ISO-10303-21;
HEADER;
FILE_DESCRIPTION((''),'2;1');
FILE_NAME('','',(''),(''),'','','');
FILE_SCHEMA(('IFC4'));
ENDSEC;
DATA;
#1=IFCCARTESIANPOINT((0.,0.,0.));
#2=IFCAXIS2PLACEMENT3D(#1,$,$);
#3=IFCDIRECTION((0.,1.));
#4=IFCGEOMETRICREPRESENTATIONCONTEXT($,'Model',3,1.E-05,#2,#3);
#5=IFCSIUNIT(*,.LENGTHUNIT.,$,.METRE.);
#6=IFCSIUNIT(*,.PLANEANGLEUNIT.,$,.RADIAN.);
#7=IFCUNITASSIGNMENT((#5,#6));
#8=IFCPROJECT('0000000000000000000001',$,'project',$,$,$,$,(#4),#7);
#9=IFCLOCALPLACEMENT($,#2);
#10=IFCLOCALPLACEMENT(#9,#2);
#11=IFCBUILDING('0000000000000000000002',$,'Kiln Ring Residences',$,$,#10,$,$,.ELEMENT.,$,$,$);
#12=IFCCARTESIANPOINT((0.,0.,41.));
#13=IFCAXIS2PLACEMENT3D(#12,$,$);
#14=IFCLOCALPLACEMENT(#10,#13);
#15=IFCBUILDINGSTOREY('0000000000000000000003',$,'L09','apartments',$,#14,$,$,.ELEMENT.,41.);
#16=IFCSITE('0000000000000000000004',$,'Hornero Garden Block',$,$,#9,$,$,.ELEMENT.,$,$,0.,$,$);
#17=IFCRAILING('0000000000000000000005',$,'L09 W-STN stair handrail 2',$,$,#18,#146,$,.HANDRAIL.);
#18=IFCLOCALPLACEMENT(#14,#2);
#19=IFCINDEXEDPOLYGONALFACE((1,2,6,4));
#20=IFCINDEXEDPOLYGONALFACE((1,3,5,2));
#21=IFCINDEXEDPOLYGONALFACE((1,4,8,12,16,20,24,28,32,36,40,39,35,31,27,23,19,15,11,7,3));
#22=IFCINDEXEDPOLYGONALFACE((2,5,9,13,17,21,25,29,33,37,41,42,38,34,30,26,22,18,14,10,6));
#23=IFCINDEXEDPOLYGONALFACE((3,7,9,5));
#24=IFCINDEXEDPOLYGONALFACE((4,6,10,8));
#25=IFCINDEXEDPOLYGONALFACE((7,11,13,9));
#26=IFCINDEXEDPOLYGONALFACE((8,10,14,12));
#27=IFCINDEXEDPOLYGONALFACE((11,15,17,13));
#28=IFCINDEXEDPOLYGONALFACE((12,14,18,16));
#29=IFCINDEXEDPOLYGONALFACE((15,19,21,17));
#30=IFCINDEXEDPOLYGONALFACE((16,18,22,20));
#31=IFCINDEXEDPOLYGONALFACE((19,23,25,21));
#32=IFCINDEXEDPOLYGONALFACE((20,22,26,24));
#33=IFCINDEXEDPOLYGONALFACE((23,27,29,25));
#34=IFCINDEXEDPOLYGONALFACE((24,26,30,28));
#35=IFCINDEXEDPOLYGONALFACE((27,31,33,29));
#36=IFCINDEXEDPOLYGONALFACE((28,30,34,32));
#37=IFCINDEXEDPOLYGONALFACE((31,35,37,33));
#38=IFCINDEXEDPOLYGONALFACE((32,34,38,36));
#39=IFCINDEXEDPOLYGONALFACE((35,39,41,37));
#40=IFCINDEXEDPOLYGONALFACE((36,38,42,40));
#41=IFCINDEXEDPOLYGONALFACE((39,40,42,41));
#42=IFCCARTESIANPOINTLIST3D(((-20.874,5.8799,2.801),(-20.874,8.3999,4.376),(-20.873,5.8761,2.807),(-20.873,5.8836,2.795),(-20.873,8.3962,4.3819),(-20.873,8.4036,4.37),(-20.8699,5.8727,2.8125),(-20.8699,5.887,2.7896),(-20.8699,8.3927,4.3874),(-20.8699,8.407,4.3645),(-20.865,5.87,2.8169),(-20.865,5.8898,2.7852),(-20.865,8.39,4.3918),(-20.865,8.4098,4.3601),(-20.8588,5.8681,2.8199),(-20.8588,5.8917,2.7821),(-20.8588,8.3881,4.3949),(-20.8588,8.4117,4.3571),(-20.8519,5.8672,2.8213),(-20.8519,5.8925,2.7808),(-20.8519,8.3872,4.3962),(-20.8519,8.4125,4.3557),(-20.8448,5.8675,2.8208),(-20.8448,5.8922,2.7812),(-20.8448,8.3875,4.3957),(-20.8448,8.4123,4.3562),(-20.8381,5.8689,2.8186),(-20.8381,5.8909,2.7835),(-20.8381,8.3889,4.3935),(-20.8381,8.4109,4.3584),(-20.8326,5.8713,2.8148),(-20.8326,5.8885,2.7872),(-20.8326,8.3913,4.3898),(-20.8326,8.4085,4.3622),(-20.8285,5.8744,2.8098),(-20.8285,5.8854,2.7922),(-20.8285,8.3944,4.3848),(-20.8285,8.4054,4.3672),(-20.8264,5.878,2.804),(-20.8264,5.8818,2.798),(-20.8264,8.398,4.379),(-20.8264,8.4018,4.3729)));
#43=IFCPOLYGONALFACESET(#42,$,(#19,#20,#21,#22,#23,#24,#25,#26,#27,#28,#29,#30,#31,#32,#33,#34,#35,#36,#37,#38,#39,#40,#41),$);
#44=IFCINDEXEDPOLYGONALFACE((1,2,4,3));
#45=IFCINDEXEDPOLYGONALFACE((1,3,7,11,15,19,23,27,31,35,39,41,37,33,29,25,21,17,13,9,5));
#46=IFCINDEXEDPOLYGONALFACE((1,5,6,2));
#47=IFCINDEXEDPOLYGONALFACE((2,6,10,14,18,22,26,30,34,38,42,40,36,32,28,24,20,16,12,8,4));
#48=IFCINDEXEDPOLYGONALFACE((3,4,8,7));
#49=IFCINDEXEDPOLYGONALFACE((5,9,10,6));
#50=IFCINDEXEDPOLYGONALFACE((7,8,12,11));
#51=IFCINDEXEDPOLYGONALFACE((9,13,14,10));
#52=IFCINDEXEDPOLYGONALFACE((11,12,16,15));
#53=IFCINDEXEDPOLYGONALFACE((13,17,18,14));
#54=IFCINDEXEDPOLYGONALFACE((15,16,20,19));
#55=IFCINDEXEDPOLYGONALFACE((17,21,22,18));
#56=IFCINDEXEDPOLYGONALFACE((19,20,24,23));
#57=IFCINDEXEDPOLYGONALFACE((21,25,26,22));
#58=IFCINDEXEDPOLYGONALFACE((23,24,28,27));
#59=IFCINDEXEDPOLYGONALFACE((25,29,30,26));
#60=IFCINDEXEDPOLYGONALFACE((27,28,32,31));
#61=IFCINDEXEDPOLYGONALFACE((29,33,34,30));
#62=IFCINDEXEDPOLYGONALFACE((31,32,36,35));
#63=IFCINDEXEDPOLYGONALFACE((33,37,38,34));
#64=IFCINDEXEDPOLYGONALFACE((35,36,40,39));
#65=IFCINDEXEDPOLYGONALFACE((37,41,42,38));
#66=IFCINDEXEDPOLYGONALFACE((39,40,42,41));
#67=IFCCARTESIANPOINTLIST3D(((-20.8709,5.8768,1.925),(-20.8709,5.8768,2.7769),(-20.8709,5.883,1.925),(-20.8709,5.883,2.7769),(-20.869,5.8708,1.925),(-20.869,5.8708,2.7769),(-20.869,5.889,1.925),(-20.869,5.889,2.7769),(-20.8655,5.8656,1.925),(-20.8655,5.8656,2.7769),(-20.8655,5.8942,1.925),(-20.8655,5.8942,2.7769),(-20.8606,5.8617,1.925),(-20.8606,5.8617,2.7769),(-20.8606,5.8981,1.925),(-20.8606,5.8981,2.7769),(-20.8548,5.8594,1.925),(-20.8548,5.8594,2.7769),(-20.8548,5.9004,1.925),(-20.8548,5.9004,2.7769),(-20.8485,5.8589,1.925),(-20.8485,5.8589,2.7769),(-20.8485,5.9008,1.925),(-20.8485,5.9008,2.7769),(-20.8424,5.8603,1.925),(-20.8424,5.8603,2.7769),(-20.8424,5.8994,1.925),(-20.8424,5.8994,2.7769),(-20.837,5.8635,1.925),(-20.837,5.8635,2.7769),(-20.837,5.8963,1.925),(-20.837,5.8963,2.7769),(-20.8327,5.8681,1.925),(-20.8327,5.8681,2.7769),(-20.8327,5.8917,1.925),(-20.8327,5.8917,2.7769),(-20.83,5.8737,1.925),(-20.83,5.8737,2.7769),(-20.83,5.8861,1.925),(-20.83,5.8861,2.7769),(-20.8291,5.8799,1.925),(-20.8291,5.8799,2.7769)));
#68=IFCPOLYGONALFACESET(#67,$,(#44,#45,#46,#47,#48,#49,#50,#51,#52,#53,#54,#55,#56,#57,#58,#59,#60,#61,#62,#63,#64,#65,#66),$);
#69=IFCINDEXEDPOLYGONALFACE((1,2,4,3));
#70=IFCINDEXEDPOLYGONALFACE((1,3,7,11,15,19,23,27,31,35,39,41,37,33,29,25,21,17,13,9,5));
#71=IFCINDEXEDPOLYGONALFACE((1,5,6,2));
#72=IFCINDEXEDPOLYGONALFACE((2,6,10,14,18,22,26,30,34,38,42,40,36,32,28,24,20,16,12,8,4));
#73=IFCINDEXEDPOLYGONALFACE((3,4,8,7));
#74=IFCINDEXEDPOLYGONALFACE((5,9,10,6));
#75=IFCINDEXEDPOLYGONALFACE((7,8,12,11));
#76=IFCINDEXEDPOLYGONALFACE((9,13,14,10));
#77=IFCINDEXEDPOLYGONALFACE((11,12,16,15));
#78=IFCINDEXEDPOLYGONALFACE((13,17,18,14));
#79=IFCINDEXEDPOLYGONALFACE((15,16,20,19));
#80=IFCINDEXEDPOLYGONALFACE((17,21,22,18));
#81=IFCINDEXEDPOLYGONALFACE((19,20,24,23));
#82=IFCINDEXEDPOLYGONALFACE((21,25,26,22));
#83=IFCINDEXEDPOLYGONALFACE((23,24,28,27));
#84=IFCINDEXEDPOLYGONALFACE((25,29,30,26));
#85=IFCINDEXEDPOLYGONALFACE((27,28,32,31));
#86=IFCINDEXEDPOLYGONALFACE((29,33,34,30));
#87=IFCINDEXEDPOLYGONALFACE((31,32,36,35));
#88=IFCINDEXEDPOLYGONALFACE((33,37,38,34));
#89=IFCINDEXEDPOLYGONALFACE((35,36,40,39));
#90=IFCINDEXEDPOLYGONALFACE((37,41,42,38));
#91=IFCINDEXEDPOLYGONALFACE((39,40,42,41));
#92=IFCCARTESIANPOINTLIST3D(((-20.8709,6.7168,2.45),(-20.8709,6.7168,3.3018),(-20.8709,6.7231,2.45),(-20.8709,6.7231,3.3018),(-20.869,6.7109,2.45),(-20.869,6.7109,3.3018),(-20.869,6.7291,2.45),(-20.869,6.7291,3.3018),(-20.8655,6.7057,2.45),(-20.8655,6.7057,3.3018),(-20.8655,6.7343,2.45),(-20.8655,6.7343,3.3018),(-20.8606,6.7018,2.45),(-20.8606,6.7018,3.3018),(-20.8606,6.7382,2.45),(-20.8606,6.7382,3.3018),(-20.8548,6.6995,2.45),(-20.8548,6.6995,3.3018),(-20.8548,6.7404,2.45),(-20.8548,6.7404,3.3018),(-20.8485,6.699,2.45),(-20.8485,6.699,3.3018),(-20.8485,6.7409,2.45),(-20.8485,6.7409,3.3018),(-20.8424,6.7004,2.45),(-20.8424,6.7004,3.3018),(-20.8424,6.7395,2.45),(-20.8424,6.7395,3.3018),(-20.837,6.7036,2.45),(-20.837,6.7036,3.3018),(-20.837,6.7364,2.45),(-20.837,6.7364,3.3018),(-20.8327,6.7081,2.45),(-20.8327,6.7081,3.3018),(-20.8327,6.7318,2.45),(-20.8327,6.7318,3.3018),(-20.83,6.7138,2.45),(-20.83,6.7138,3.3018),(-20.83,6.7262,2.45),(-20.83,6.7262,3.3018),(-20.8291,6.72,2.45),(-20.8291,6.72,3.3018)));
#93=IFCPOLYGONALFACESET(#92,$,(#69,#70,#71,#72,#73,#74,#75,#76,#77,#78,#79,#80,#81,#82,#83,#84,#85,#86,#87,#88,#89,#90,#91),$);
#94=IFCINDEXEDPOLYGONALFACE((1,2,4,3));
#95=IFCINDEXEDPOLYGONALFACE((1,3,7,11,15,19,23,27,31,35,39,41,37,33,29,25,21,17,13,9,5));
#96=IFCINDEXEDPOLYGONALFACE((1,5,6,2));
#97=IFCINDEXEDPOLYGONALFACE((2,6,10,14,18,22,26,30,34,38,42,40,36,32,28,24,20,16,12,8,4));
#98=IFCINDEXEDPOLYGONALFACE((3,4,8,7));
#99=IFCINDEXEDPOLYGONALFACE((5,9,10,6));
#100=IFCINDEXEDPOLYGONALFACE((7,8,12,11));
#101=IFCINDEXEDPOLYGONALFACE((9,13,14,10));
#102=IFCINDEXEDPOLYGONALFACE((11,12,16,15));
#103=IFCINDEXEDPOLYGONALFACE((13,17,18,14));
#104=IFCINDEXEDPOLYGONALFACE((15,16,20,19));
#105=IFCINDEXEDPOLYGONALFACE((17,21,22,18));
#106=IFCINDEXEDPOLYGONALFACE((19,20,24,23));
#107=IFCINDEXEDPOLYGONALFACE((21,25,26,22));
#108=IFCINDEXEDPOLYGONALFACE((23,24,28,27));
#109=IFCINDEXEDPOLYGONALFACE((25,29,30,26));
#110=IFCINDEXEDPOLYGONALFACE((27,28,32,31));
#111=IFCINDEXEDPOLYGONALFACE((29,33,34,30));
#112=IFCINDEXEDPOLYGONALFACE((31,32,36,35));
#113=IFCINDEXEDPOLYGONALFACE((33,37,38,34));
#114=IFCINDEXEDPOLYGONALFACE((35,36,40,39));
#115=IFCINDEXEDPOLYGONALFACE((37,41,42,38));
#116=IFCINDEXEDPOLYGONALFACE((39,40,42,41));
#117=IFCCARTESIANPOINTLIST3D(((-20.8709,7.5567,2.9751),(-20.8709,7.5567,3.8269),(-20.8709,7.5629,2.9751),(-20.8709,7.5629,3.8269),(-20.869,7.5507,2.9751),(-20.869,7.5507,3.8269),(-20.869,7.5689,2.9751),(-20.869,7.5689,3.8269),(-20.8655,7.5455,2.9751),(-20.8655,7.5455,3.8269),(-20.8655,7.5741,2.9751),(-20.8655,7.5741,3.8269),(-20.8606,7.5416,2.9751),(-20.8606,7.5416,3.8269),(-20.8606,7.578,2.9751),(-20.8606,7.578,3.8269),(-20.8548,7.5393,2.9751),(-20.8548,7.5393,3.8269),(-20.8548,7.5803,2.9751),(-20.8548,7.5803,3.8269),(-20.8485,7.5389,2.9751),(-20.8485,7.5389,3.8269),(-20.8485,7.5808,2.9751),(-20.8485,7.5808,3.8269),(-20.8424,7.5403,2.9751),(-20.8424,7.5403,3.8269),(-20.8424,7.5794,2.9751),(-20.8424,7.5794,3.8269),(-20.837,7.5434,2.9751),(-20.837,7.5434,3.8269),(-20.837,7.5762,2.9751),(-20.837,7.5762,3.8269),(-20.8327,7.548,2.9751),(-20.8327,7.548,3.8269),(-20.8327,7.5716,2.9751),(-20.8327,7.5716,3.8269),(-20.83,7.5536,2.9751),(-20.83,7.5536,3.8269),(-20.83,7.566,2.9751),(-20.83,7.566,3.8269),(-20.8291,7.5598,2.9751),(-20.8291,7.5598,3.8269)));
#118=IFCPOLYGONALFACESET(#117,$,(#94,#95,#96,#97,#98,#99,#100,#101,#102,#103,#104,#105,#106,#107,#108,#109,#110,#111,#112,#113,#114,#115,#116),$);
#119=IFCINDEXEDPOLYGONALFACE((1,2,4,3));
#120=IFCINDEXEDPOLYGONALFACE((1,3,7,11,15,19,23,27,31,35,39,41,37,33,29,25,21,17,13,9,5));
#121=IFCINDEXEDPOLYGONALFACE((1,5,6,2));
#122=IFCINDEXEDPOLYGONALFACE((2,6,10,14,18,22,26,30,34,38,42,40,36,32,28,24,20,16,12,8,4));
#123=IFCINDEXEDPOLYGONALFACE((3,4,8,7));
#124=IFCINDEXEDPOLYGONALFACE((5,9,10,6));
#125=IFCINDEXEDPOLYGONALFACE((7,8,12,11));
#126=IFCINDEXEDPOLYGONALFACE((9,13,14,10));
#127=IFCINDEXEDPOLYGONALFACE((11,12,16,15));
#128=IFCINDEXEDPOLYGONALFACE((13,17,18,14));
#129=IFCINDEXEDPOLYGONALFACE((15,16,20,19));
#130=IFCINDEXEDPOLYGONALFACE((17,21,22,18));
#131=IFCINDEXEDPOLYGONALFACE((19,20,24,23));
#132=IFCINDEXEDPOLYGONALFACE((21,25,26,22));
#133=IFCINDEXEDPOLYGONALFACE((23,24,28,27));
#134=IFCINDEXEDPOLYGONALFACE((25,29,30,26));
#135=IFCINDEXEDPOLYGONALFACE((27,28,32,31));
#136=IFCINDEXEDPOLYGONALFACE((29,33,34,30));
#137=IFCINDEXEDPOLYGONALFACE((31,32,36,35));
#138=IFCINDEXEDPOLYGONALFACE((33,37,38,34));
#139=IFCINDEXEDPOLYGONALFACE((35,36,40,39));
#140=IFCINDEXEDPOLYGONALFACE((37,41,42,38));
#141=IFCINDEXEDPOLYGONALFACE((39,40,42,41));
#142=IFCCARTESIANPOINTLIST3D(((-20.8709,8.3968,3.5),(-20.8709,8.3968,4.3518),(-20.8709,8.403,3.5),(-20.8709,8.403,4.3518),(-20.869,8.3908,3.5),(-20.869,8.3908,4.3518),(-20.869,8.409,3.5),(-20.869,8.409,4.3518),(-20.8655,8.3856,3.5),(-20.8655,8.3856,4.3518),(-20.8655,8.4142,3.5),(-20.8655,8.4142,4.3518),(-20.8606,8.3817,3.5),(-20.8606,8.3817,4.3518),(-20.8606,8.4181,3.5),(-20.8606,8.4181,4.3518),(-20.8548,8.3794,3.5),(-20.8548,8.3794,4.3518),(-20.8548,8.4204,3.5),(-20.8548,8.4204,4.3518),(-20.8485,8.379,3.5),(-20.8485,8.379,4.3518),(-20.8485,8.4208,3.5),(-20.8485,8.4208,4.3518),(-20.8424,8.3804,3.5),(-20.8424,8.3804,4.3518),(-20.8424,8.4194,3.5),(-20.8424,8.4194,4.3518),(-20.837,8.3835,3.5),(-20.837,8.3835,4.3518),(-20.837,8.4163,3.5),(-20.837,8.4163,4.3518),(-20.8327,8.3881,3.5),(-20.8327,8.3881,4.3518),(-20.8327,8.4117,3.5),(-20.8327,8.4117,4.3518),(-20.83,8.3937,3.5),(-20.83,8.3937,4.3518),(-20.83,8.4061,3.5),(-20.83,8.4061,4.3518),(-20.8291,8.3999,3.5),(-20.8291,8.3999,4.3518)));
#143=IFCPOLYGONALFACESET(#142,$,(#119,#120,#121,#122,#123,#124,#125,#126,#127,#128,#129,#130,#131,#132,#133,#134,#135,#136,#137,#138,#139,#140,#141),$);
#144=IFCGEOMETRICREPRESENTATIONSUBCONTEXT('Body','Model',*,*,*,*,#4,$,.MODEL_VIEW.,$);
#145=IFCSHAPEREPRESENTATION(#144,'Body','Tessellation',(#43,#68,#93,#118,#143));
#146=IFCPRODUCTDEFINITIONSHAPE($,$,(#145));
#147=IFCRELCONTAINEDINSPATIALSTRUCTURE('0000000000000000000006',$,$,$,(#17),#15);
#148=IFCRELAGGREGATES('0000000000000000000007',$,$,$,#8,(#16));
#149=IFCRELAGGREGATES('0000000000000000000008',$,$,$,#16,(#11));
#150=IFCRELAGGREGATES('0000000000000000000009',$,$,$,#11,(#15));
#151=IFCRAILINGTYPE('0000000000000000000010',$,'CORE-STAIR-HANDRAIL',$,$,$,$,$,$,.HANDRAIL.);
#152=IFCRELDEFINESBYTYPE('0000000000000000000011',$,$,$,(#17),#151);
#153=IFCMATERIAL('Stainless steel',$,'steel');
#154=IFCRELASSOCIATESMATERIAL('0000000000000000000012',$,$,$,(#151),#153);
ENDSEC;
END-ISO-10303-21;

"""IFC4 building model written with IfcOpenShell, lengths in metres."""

from ifc_helpers import new_model, si_unit, direction, frame, origin, origin_2d, place, context, subcontext, project, spatial, circle, extrude, material, type_object, element, save


model = new_model("IFC4")

# Units and contexts
model_context = context("Model", 3, precision=1e-05, world=origin(), true_north=direction((0.0, 1.0)))
body_context = subcontext(model_context, "Body", "Model", "MODEL_VIEW")
ifc_project = project(units=[si_unit("LENGTHUNIT", "METRE"), si_unit("PLANEANGLEUNIT", "RADIAN")], contexts=[model_context])

# Site, building, storey
site_placement = place(None, origin())
site = spatial("IfcSite", under=ifc_project, at=site_placement, Name="Hornero Garden Block", CompositionType="ELEMENT", RefElevation=0.0)
building_placement = place(site_placement, origin())
building = spatial("IfcBuilding", under=site, at=building_placement, Name="Kiln Ring Residences", CompositionType="ELEMENT")
storey_placement = place(building_placement, frame((0.0, 0.0, 41.0)))
storey = spatial("IfcBuildingStorey", under=building, at=storey_placement, Name="L09", Description="apartments", CompositionType="ELEMENT", Elevation=41.0)

# Railing
ifc_material_1 = material(Name="Stainless steel", Category="steel")
railing_type_1 = type_object("IfcRailingType", Name="CORE-STAIR-HANDRAIL", PredefinedType="HANDRAIL", material=ifc_material_1)
railing_1_placement = place(storey_placement, frame((-20.8501, 5.8799, 1.925)))
element("IfcRailing", 1, at=railing_1_placement, inside=storey, type_object=railing_type_1, Name="L09 W-STN stair handrail 2", PredefinedType="HANDRAIL", context=body_context, shape_type="SweptSolid", body=[
    extrude(circle(Radius=0.0239, at=origin_2d()), frame((0.0, 0.0, 0.876), z_axis=(0.0, 0.848008, 0.529984), x_axis=(-1.0, 0.0, 0.0)), (0.0, 0.0, 1.0), 2.9717),
    extrude(circle(Radius=0.021, at=origin_2d()), origin(), (0.0, 0.0, 1.0), 0.8518),
    extrude(circle(Radius=0.021, at=origin_2d()), frame((0.0, 0.8401, 0.5249)), (0.0, 0.0, 1.0), 0.8518),
    extrude(circle(Radius=0.021, at=origin_2d()), frame((0.0, 1.6799, 1.05)), (0.0, 0.0, 1.0), 0.8518),
    extrude(circle(Radius=0.021, at=origin_2d()), frame((0.0, 2.52, 1.575)), (0.0, 0.0, 1.0), 0.8518),
])

save(model, "model.ifc")
